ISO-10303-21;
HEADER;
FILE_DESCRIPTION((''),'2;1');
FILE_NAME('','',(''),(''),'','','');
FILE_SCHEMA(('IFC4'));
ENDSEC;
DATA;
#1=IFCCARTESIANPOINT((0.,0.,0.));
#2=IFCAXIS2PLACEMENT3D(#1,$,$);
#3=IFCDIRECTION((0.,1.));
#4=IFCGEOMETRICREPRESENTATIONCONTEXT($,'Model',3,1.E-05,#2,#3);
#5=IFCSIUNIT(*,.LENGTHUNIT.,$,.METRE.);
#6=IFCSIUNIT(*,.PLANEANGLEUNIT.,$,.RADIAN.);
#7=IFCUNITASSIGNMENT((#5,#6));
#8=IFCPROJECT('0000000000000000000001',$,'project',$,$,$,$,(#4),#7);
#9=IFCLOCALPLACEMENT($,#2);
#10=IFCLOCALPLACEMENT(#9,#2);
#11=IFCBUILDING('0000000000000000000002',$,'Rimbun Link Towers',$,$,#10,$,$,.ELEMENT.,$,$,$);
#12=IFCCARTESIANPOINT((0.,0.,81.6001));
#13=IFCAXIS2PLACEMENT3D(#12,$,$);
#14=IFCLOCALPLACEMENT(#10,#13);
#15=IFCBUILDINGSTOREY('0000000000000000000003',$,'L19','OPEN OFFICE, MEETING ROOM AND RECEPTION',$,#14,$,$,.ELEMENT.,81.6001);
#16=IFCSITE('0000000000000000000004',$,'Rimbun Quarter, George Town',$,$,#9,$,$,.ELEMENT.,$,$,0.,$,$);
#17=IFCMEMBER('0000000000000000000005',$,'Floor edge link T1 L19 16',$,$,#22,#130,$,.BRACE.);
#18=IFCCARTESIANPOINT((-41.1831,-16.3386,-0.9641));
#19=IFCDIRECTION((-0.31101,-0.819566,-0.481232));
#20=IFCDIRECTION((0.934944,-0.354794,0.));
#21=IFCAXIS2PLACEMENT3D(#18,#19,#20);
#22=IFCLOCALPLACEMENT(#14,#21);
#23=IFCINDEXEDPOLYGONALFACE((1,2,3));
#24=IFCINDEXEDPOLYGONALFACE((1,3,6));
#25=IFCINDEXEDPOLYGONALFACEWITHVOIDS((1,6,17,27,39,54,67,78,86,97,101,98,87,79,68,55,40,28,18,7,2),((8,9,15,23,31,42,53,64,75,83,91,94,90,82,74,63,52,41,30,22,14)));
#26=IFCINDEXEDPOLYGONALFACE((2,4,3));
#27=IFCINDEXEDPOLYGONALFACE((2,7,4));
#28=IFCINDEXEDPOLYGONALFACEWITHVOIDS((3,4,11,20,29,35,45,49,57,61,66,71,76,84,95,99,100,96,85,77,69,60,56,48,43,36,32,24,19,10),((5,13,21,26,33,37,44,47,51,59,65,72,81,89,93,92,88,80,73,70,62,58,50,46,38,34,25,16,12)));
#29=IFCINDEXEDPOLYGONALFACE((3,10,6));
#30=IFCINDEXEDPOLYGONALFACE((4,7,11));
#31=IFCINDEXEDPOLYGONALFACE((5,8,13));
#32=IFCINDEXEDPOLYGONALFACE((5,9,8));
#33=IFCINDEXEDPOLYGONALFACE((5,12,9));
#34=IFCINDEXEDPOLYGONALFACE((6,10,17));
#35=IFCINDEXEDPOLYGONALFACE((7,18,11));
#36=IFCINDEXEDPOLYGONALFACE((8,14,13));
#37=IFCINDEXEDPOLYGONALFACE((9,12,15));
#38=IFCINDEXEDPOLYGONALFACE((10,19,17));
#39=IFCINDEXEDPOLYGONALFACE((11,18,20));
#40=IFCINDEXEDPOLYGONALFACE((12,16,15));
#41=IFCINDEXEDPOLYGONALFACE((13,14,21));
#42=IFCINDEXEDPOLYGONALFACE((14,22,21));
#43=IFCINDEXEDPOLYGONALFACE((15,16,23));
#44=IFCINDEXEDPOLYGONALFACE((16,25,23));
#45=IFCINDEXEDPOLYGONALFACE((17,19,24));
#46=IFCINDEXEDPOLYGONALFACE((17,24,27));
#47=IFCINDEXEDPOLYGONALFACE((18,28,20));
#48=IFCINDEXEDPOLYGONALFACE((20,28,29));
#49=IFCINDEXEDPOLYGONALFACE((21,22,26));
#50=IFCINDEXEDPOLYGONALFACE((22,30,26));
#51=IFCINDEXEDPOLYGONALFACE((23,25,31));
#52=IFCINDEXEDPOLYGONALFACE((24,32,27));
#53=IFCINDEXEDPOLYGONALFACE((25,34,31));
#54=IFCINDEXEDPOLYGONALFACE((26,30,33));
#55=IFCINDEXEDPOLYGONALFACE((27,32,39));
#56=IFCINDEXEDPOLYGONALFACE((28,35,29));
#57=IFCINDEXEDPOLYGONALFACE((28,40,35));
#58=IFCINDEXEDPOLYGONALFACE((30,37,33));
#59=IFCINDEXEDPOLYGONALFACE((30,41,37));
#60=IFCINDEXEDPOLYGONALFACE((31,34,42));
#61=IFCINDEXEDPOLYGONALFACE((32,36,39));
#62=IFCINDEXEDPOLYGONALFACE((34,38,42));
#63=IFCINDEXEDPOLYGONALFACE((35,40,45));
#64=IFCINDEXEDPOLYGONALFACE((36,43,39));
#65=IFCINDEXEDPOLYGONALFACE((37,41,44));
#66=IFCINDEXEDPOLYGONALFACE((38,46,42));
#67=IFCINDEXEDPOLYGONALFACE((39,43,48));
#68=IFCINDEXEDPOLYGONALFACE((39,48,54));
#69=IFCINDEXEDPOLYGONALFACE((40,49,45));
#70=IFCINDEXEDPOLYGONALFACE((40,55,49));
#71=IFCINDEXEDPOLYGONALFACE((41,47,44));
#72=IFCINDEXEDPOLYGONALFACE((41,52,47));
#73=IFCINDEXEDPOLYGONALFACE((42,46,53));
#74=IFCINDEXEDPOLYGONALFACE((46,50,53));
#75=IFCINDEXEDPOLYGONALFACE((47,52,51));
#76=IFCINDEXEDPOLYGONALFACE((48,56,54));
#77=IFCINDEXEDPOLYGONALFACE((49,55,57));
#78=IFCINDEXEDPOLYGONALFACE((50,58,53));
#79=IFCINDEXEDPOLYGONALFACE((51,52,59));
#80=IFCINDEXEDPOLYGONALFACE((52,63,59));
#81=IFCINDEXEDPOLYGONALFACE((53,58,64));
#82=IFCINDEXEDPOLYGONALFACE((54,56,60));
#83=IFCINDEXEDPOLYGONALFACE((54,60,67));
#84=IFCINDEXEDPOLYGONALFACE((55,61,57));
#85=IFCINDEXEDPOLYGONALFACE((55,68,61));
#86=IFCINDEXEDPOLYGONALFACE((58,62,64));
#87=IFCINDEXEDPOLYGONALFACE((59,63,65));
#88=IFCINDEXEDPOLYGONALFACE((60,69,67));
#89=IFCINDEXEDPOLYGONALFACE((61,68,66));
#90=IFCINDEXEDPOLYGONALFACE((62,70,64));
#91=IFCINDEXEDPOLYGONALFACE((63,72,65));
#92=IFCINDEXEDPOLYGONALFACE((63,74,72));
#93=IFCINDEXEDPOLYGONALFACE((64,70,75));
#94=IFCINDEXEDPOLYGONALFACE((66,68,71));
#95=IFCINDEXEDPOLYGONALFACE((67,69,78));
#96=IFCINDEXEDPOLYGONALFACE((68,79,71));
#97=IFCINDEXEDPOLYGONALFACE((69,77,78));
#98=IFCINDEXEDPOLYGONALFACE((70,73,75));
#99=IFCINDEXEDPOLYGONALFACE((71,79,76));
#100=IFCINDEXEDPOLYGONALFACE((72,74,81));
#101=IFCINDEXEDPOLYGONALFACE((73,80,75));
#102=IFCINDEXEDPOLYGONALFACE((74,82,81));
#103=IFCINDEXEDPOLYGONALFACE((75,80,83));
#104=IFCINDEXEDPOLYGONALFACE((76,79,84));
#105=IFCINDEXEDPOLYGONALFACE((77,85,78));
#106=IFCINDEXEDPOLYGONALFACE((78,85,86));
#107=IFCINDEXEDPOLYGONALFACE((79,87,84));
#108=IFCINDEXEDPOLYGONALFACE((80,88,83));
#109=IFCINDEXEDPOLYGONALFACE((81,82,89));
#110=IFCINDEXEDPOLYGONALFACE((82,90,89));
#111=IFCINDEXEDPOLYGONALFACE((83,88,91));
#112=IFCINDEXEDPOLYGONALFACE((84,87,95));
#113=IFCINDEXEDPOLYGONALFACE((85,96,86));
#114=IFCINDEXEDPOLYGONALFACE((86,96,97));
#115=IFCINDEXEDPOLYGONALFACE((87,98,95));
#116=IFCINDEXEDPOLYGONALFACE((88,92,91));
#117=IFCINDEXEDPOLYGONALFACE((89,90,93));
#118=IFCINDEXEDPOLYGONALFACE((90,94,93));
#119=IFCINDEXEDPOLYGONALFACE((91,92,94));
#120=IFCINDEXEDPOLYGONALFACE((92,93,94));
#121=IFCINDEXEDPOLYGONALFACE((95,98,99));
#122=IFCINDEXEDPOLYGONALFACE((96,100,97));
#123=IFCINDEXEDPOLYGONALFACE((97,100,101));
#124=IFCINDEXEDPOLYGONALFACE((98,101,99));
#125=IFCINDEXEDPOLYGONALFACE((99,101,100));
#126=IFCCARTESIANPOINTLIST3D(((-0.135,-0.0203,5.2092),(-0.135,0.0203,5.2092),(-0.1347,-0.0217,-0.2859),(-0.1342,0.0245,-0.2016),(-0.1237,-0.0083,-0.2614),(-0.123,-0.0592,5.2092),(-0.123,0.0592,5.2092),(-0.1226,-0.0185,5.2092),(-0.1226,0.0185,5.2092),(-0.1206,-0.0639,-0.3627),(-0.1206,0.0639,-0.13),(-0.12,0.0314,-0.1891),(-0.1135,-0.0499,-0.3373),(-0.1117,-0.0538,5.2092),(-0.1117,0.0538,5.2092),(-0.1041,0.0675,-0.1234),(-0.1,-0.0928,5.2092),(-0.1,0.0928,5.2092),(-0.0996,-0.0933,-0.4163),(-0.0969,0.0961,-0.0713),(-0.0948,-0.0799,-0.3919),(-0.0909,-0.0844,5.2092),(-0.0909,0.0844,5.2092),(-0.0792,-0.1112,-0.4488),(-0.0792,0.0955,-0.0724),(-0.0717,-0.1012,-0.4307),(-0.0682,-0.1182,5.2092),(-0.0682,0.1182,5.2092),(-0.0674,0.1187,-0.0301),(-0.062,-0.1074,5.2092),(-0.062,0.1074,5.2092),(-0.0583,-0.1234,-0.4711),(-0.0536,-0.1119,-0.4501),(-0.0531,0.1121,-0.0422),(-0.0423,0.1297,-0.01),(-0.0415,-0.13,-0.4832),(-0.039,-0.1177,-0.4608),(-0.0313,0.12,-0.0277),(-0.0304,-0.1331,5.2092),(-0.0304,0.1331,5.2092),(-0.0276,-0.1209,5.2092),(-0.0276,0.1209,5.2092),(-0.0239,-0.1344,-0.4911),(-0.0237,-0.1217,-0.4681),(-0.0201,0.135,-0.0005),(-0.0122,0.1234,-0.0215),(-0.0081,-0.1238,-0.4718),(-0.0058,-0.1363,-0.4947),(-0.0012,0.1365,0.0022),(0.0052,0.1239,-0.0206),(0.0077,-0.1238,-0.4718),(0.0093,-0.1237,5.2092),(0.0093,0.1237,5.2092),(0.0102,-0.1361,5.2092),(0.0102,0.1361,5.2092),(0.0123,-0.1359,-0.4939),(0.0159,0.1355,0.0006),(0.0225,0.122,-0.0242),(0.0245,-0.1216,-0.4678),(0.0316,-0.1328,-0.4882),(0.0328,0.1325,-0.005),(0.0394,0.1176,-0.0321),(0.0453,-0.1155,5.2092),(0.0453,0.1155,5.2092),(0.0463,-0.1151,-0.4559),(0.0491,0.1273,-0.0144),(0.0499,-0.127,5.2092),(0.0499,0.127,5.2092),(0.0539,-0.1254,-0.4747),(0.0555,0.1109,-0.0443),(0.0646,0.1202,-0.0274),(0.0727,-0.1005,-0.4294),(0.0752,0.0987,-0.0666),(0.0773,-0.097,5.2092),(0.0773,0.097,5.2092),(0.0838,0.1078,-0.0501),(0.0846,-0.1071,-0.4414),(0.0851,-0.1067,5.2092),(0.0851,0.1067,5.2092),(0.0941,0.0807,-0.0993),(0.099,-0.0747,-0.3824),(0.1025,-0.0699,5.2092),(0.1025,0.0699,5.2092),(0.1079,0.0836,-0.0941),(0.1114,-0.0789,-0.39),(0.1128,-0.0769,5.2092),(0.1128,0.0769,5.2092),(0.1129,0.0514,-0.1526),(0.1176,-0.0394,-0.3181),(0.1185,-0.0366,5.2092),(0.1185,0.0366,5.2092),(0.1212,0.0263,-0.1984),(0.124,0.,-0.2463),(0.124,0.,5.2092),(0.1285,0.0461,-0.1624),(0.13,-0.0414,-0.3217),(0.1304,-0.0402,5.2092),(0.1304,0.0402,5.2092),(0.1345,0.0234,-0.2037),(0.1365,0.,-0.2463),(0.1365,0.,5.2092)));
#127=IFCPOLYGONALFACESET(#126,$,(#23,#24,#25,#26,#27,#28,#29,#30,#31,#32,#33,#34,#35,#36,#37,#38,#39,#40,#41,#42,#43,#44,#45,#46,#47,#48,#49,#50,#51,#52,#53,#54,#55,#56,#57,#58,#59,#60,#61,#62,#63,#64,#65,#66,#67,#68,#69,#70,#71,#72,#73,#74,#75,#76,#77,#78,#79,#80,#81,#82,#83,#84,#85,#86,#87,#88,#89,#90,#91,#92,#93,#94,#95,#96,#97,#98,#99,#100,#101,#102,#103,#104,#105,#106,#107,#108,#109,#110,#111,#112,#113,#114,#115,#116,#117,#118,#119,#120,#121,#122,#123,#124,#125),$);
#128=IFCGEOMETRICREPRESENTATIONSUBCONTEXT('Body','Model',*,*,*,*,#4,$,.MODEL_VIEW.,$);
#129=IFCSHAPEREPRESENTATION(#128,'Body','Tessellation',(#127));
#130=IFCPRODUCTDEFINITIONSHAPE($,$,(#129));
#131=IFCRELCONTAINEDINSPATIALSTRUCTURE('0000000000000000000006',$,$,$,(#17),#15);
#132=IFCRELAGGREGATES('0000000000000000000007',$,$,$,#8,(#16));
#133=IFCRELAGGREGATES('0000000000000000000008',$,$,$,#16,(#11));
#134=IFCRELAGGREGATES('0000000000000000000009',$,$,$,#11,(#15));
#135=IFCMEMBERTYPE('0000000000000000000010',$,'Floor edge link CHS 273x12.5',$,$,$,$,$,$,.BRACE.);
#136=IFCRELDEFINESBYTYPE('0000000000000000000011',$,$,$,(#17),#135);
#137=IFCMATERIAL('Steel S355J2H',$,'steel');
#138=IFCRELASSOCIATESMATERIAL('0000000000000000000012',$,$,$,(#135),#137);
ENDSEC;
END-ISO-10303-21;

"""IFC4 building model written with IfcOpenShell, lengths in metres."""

from ifc_helpers import new_model, si_unit, direction, frame, origin, origin_2d, place, context, subcontext, project, spatial, hollow_circle, extrude, clip, halfspace, material, material_profile, profile_set, type_object, element, save


model = new_model("IFC4")

# Units and contexts
model_context = context("Model", 3, precision=1e-05, world=origin(), true_north=direction((0.0, 1.0)))
body_context = subcontext(model_context, "Body", "Model", "MODEL_VIEW")
ifc_project = project(units=[si_unit("LENGTHUNIT", "METRE"), si_unit("PLANEANGLEUNIT", "RADIAN")], contexts=[model_context])

# Site, building, storey
site_placement = place(None, origin())
site = spatial("IfcSite", under=ifc_project, at=site_placement, Name="Rimbun Quarter, George Town", CompositionType="ELEMENT", RefElevation=0.0)
building_placement = place(site_placement, origin())
building = spatial("IfcBuilding", under=site, at=building_placement, Name="Rimbun Link Towers", CompositionType="ELEMENT")
storey_placement = place(building_placement, frame((0.0, 0.0, 81.6001)))
storey = spatial("IfcBuildingStorey", under=building, at=storey_placement, Name="L19", Description="OPEN OFFICE, MEETING ROOM AND RECEPTION", CompositionType="ELEMENT", Elevation=81.6001)

# Member
ifc_material_1 = material(Name="Steel S355J2H", Category="steel")
ifc_material_profile_1 = material_profile(ifc_material_1, hollow_circle(Radius=0.1365, WallThickness=0.0125, at=origin_2d()), Name="CHS 273x12.5")
ifc_profile_set_1 = profile_set([ifc_material_profile_1], Name="Steel S355J2H")
member_type_1 = type_object("IfcMemberType", Name="Floor edge link CHS 273x12.5", PredefinedType="BRACE", material=ifc_profile_set_1)
member_1_placement = place(storey_placement, frame((-41.1831, -16.3386, -0.9641), z_axis=(-0.31101, -0.819566, -0.481232), x_axis=(0.934944, -0.354794, 0.0)))
element("IfcMember", 1, at=member_1_placement, inside=storey, type_object=member_type_1, Name="Floor edge link T1 L19 16", PredefinedType="BRACE", context=body_context, shape_type="Clipping", body=[
    clip(extrude(hollow_circle(Radius=0.1365, WallThickness=0.0125, at=origin_2d()), frame((0.0, 0.0, -0.5181)), (0.0, 0.0, 1.0), 5.7273), halfspace(frame((0.0, 0.0, -0.2463), z_axis=(0.0, 0.876593, -0.481232)), False)),
])

save(model, "model.ifc")
